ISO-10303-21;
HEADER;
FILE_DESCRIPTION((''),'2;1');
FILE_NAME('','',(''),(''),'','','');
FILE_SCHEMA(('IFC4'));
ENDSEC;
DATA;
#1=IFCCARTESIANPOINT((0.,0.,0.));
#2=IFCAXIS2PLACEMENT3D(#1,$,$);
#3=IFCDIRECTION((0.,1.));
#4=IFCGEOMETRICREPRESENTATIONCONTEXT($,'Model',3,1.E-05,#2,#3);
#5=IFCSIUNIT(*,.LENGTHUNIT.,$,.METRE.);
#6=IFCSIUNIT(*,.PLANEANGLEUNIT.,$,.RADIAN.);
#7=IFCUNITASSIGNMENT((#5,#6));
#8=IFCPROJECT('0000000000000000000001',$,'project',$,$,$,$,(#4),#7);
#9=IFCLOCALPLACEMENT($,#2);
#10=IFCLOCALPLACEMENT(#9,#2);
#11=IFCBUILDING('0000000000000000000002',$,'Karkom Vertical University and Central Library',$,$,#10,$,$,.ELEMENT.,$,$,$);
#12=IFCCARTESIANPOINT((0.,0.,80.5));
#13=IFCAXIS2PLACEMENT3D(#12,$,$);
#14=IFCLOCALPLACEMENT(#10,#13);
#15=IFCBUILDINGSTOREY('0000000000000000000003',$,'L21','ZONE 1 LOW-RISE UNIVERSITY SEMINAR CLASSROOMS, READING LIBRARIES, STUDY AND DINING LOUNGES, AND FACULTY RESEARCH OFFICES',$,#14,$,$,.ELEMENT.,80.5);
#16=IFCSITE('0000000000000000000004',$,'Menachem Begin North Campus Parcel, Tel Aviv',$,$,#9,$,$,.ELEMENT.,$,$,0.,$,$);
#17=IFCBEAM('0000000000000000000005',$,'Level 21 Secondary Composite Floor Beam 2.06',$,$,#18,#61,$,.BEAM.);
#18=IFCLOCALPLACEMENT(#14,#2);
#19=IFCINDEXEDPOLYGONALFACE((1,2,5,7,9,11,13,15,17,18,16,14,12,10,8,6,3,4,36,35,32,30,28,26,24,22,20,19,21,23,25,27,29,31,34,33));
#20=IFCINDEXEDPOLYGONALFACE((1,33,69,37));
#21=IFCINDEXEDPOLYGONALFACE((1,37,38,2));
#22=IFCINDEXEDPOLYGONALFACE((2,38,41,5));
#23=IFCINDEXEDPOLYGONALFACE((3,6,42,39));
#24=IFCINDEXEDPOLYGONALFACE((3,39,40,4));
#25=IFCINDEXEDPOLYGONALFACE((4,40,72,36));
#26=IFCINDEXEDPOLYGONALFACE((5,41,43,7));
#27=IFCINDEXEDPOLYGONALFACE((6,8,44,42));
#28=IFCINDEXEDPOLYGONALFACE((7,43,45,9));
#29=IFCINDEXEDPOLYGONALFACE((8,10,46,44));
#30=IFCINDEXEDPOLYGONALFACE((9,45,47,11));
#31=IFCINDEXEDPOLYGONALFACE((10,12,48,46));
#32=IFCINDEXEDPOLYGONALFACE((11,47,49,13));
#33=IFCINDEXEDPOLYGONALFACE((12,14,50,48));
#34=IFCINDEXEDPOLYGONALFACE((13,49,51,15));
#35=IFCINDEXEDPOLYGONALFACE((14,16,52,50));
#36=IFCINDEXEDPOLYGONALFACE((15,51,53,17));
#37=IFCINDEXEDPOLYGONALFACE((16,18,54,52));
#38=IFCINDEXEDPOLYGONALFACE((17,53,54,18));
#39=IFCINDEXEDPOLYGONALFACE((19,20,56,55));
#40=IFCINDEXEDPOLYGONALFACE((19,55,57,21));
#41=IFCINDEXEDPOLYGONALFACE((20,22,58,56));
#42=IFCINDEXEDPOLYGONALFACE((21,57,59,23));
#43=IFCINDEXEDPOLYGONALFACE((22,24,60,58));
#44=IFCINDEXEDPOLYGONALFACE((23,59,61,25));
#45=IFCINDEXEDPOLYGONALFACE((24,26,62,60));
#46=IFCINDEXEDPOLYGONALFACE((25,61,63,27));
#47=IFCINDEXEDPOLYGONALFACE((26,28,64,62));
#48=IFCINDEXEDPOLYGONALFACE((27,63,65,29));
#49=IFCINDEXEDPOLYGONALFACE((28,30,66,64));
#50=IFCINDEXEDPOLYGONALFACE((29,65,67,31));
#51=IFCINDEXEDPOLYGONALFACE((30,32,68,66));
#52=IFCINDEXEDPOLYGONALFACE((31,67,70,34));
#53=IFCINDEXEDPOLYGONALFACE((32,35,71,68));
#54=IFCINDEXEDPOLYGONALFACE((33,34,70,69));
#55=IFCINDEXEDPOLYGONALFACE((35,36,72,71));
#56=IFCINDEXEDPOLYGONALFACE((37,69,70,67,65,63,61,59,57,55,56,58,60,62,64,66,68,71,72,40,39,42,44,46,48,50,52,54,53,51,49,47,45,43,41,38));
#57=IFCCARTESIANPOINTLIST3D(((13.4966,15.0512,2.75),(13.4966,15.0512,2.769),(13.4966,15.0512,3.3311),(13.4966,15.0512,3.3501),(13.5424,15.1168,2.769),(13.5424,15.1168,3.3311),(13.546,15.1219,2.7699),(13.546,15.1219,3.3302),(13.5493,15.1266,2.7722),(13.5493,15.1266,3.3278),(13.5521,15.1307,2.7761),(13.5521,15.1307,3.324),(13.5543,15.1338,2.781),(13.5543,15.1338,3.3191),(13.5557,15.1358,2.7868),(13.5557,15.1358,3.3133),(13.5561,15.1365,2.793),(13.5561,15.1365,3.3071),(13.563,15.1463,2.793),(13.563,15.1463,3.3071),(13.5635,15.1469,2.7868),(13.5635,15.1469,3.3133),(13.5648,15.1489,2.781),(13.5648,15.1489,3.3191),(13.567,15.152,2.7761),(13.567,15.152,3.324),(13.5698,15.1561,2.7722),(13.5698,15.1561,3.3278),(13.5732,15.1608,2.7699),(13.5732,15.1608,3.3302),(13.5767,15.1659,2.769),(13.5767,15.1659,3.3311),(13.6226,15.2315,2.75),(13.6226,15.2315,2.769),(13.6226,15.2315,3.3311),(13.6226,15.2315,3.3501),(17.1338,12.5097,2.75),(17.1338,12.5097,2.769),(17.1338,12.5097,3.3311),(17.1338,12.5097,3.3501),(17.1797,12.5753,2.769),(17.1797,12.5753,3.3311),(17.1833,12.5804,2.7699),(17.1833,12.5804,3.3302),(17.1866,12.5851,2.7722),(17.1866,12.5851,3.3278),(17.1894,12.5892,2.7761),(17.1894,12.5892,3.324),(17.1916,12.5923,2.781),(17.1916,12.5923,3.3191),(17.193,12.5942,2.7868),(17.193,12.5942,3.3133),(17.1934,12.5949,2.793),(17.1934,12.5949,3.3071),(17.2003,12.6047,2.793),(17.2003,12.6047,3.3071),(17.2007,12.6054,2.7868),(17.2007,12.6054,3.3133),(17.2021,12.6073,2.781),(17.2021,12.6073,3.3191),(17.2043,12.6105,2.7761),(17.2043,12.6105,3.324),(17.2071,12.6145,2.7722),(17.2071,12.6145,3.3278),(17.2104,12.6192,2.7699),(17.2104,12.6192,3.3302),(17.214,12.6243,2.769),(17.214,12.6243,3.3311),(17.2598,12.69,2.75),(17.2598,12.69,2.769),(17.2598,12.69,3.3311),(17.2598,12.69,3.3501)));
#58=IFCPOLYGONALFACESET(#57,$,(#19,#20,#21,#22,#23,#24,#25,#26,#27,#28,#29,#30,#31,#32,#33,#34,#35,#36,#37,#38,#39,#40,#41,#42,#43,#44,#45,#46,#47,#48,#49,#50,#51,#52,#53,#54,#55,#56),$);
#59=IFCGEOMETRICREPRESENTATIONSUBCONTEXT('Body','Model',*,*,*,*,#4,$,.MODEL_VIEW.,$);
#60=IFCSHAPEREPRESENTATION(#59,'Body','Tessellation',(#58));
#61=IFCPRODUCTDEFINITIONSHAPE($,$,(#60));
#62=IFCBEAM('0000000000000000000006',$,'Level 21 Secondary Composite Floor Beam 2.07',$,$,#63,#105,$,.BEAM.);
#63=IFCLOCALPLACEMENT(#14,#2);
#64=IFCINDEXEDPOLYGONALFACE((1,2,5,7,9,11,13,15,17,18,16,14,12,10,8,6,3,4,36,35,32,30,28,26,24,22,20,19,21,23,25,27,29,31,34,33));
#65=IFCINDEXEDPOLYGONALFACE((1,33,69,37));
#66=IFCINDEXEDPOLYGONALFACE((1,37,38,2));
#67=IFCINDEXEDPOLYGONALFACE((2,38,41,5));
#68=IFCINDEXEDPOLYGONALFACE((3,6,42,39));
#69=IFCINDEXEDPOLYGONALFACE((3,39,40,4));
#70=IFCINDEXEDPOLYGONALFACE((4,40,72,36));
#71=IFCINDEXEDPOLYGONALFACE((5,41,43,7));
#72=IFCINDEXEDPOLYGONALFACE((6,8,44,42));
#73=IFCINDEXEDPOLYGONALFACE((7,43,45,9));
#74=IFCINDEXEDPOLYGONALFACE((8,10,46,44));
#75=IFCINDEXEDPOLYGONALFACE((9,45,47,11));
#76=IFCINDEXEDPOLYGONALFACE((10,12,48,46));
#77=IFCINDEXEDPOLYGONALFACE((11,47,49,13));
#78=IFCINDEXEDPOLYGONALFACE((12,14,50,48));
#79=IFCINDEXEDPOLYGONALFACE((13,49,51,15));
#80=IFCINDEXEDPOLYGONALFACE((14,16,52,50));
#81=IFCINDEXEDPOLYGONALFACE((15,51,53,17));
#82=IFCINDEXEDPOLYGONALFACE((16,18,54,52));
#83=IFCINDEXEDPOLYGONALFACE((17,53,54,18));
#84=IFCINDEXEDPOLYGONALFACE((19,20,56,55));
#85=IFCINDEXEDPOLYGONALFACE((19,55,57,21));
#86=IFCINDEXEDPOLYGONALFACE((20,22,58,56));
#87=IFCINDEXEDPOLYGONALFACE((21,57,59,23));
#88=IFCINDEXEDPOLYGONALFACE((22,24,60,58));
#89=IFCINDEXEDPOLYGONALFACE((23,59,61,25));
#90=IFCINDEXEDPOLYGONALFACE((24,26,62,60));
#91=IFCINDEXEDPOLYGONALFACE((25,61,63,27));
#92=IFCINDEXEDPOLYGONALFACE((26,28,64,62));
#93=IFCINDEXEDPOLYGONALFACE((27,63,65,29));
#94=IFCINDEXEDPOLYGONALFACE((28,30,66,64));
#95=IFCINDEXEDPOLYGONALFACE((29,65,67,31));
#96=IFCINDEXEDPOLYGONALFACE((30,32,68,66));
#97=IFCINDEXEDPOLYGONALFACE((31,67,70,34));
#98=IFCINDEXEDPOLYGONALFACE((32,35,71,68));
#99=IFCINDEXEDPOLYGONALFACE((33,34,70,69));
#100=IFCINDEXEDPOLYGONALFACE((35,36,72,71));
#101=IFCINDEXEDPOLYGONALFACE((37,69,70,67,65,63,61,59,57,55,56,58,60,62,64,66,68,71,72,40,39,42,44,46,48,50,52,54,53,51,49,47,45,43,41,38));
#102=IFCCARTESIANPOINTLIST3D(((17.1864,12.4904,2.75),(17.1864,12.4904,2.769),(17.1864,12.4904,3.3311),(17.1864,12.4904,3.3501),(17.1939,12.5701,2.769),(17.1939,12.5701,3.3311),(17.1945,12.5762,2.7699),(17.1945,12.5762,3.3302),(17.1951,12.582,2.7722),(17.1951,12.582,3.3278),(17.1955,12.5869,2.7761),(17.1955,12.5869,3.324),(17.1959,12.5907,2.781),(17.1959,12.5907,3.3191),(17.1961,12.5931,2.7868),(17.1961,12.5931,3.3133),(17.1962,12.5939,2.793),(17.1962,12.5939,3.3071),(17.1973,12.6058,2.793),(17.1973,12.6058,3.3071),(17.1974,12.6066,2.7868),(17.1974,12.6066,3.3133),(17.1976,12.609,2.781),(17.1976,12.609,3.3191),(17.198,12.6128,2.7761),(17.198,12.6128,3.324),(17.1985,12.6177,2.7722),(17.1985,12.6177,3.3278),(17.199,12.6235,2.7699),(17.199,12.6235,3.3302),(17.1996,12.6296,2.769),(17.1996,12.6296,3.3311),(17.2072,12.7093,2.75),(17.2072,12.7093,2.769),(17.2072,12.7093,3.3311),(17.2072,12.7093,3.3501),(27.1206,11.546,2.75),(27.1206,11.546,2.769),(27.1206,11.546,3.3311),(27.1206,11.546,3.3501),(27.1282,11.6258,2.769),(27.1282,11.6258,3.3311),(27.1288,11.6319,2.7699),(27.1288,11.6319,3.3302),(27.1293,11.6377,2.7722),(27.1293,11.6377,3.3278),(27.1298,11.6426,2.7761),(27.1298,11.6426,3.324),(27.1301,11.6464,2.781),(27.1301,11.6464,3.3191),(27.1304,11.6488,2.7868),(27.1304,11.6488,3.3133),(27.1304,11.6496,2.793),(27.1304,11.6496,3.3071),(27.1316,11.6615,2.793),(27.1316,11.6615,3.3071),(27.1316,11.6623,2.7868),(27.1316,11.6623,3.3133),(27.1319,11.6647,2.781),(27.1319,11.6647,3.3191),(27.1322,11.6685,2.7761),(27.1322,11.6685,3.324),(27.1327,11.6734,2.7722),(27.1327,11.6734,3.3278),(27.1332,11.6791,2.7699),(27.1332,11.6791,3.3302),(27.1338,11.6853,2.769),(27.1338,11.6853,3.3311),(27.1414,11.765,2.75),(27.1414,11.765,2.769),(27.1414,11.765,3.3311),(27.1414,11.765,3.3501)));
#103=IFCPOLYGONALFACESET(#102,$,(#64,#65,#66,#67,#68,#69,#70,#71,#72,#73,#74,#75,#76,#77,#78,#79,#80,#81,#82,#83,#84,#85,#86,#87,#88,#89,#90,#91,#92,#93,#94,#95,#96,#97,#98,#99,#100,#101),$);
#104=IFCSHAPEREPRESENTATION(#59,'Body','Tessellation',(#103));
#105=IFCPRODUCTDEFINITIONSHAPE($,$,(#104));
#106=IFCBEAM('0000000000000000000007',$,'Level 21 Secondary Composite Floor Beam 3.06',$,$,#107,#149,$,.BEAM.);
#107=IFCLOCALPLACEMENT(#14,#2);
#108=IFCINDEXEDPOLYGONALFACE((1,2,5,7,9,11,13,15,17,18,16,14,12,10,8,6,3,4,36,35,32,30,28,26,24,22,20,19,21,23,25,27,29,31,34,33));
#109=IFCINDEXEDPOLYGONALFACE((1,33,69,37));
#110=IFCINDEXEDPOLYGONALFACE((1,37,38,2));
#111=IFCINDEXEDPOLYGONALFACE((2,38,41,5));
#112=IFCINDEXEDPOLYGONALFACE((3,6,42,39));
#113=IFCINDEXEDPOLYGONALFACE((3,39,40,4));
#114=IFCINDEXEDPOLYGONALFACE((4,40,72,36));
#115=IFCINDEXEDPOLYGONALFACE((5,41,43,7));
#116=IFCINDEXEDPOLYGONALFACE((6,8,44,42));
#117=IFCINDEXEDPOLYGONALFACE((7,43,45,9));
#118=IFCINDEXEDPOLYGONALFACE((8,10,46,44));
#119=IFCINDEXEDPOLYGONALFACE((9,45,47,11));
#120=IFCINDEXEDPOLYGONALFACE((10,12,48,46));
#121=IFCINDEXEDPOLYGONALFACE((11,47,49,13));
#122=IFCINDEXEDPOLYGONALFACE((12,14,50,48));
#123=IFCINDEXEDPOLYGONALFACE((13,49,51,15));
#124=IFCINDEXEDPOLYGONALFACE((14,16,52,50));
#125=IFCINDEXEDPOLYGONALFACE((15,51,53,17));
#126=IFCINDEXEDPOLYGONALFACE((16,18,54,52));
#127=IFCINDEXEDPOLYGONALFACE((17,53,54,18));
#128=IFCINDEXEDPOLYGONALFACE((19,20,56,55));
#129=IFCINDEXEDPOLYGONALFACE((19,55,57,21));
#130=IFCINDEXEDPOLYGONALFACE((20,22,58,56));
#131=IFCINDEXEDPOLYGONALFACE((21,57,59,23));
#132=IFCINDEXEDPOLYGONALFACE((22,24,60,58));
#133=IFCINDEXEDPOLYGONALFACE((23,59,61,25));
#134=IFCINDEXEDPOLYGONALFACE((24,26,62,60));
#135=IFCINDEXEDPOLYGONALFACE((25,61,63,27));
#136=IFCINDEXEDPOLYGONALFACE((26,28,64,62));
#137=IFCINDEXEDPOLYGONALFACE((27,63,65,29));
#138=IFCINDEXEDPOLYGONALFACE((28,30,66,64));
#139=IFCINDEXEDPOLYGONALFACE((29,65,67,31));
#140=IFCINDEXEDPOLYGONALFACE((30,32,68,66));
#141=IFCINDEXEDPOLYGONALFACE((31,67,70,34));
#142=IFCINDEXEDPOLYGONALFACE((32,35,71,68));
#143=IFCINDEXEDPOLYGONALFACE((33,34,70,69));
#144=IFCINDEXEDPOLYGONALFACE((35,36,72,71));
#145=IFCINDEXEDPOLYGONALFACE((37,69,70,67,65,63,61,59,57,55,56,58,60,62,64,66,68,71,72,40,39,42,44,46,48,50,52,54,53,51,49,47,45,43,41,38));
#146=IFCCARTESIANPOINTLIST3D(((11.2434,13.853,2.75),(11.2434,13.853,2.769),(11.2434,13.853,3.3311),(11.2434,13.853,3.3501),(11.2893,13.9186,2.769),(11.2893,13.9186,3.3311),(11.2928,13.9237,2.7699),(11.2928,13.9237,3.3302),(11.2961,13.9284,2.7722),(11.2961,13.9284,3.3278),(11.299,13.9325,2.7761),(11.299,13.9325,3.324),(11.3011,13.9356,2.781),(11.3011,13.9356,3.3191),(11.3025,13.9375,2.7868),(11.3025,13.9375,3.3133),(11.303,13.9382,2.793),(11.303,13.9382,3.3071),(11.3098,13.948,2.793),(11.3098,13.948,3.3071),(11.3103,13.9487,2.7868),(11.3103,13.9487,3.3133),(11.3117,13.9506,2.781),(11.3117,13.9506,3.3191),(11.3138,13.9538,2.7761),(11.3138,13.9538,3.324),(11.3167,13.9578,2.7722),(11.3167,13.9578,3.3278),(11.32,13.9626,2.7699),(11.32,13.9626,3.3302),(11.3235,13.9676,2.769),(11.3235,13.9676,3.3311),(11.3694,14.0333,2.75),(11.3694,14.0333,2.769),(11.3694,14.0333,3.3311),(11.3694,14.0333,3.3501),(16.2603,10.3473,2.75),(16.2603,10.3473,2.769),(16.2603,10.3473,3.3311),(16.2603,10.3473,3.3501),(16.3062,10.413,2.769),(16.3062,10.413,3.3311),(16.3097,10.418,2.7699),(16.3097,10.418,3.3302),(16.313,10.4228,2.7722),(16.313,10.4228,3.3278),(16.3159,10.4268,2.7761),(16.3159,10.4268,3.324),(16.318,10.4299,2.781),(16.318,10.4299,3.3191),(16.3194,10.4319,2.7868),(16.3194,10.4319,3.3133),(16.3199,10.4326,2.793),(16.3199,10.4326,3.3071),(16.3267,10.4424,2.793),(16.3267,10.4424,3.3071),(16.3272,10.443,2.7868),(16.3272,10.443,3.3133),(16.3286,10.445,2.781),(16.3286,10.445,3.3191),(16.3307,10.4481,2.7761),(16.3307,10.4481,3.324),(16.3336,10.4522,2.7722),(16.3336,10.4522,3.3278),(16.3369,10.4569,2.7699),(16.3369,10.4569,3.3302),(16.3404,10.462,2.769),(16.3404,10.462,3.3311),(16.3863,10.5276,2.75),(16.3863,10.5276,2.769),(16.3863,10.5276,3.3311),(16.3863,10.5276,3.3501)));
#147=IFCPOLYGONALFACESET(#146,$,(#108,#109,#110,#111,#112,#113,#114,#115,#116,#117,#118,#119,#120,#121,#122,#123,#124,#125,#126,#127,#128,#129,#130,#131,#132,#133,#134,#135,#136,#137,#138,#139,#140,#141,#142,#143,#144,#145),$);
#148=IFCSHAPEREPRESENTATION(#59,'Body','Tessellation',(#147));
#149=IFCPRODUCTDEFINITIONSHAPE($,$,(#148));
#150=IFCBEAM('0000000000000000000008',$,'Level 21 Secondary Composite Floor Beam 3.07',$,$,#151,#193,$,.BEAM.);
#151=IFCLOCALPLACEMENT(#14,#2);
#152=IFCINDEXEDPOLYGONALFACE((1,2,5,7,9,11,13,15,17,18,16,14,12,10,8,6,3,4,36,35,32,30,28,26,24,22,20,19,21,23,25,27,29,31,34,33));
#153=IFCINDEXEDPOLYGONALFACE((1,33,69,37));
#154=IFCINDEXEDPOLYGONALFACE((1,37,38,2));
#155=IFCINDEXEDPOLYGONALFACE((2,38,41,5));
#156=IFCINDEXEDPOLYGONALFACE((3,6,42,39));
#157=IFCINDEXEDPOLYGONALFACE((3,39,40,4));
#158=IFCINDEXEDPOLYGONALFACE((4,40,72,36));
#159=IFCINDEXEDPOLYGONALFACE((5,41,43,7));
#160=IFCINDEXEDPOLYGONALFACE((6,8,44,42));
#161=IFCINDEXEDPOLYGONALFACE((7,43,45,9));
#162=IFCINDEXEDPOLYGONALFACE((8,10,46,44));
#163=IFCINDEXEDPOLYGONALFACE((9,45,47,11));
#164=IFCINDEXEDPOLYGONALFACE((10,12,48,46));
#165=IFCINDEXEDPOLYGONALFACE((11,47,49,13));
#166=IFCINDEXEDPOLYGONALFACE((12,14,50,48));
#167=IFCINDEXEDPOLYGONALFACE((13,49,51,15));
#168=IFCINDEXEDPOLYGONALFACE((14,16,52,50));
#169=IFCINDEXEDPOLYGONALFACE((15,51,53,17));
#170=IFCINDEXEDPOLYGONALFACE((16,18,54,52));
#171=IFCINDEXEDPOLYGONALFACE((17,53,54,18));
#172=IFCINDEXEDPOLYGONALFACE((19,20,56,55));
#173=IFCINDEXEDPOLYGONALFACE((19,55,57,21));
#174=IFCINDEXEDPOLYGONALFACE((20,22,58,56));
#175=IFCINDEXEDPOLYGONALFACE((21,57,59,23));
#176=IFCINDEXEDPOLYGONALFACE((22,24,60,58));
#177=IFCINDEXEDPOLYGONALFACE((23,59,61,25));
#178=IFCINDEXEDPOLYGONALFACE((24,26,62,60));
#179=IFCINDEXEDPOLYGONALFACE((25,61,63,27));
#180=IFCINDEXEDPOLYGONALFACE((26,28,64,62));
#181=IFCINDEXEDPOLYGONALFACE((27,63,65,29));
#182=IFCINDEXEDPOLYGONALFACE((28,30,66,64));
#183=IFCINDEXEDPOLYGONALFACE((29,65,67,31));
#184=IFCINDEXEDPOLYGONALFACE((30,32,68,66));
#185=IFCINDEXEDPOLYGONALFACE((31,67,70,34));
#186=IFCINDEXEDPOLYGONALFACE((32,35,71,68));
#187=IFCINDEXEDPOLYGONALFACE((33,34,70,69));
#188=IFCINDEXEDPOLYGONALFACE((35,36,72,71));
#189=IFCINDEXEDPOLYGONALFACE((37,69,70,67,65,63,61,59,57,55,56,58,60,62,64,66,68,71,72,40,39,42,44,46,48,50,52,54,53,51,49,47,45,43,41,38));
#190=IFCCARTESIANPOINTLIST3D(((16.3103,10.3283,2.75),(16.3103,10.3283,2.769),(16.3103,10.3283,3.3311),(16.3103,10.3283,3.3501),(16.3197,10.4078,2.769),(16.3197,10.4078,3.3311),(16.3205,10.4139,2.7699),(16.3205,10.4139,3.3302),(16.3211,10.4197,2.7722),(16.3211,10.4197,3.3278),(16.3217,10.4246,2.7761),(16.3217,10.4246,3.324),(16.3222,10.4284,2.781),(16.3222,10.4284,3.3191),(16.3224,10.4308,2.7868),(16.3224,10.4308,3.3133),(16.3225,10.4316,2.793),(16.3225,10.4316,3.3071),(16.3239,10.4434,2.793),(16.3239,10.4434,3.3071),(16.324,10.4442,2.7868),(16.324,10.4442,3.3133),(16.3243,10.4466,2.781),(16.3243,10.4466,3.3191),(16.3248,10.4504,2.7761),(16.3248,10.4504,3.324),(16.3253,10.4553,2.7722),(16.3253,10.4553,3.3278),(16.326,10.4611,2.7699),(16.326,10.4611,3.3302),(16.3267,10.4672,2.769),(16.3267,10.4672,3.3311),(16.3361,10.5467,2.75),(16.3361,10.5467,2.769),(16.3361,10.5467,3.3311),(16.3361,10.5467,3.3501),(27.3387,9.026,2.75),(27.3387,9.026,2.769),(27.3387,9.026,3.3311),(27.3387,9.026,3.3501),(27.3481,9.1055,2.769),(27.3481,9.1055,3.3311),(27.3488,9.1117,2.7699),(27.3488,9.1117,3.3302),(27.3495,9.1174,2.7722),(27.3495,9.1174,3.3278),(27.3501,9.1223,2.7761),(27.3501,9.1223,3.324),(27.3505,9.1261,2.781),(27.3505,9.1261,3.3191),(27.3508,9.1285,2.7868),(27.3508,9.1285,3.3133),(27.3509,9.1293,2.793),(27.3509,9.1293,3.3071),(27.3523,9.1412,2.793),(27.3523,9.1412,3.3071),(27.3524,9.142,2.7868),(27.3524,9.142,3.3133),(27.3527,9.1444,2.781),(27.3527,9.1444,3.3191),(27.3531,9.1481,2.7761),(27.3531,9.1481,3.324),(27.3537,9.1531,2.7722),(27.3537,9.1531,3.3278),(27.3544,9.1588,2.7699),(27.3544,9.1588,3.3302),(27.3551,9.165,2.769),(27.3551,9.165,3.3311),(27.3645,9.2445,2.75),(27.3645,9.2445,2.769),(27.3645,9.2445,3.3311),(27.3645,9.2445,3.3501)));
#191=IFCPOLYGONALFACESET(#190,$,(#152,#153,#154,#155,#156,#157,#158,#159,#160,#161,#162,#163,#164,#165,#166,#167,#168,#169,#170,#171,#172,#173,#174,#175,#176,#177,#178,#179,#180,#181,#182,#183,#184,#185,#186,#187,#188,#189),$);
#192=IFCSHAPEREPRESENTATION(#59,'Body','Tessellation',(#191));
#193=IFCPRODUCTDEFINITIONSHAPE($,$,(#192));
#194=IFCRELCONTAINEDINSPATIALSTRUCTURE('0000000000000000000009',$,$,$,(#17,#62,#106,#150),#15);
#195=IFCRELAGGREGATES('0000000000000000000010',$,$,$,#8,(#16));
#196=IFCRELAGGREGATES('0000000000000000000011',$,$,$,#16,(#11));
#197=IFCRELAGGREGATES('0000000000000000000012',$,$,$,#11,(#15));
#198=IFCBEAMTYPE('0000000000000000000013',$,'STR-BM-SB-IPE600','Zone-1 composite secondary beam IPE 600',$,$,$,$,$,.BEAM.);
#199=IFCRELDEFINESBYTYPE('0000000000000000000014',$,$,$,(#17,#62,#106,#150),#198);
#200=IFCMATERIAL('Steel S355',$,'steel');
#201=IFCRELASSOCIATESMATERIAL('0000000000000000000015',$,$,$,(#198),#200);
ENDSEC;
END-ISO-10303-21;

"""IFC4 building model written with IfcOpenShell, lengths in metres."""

from ifc_helpers import new_model, si_unit, direction, frame, origin, origin_with_axes, origin_2d, place, context, subcontext, project, spatial, i_section, extrude, source, transform, mapped, material, material_profile, profile_set, type_object, element, save


model = new_model("IFC4")

# Units and contexts
model_context = context("Model", 3, precision=1e-05, world=origin(), true_north=direction((0.0, 1.0)))
body_context = subcontext(model_context, "Body", "Model", "MODEL_VIEW")
ifc_project = project(units=[si_unit("LENGTHUNIT", "METRE"), si_unit("PLANEANGLEUNIT", "RADIAN")], contexts=[model_context])

# Site, building, storey
site_placement = place(None, origin())
site = spatial("IfcSite", under=ifc_project, at=site_placement, Name="Menachem Begin North Campus Parcel, Tel Aviv", CompositionType="ELEMENT", RefElevation=0.0)
building_placement = place(site_placement, origin())
building = spatial("IfcBuilding", under=site, at=building_placement, Name="Karkom Vertical University and Central Library", CompositionType="ELEMENT")
storey_placement = place(building_placement, frame((0.0, 0.0, 80.5)))
storey = spatial("IfcBuildingStorey", under=building, at=storey_placement, Name="L21", Description="ZONE 1 LOW-RISE UNIVERSITY SEMINAR CLASSROOMS, READING LIBRARIES, STUDY AND DINING LOUNGES, AND FACULTY RESEARCH OFFICES", CompositionType="ELEMENT", Elevation=80.5)

# Beams
ifc_material_1 = material(Name="Steel S355", Category="steel")
ifc_material_profile_1 = material_profile(ifc_material_1, i_section(OverallWidth=0.22, OverallDepth=0.6001, WebThickness=0.012, FlangeThickness=0.019, FilletRadius=0.0239, at=origin_2d()), Name="IPE 600")
ifc_profile_set_1 = profile_set([ifc_material_profile_1], Name="Steel S355")
beam_type_1 = type_object("IfcBeamType", Name="STR-BM-SB-IPE600", Description="Zone-1 composite secondary beam IPE 600", PredefinedType="BEAM", material=ifc_profile_set_1)
shared_shape_1 = source(origin_with_axes(), body_context, "Body", "SweptSolid", [
    extrude(i_section(OverallWidth=0.22, OverallDepth=0.6001, WebThickness=0.012, FlangeThickness=0.019, FilletRadius=0.0239, at=origin_2d()), origin(), (0.0, 0.0, 1.0), 4.4373),
])
beam_1_placement = place(storey_placement, frame((13.5596, 15.1414, 3.05), z_axis=(0.819712, -0.572775, 0.0), x_axis=(0.572775, 0.819712, 0.0)))
element("IfcBeam", 1, at=beam_1_placement, inside=storey, type_object=beam_type_1, Name="Level 21 Secondary Composite Floor Beam 2.06", PredefinedType="BEAM", context=body_context, shape_type="MappedRepresentation", body=[
    mapped(shared_shape_1, transform((0.0, 0.0, 0.0), scale=1.0)),
])
shared_shape_2 = source(origin_with_axes(), body_context, "Body", "SweptSolid", [
    extrude(i_section(OverallWidth=0.22, OverallDepth=0.6001, WebThickness=0.012, FlangeThickness=0.019, FilletRadius=0.0239, at=origin_2d()), origin(), (0.0, 0.0, 1.0), 9.979),
])
beam_2_placement = place(storey_placement, frame((17.1968, 12.5999, 3.05), z_axis=(0.995512, -0.094631, 0.0), x_axis=(0.094631, 0.995512, 0.0)))
element("IfcBeam", 2, at=beam_2_placement, inside=storey, type_object=beam_type_1, Name="Level 21 Secondary Composite Floor Beam 2.07", PredefinedType="BEAM", context=body_context, shape_type="MappedRepresentation", body=[
    mapped(shared_shape_2, transform((0.0, 0.0, 0.0), scale=1.0)),
])
shared_shape_3 = source(origin_with_axes(), body_context, "Body", "SweptSolid", [
    extrude(i_section(OverallWidth=0.22, OverallDepth=0.6001, WebThickness=0.012, FlangeThickness=0.019, FilletRadius=0.0239, at=origin_2d()), origin(), (0.0, 0.0, 1.0), 6.1204),
])
beam_3_placement = place(storey_placement, frame((11.3064, 13.9431, 3.05), z_axis=(0.819706, -0.572785, 0.0), x_axis=(0.572785, 0.819706, 0.0)))
element("IfcBeam", 3, at=beam_3_placement, inside=storey, type_object=beam_type_1, Name="Level 21 Secondary Composite Floor Beam 3.06", PredefinedType="BEAM", context=body_context, shape_type="MappedRepresentation", body=[
    mapped(shared_shape_3, transform((0.0, 0.0, 0.0), scale=1.0)),
])
shared_shape_4 = source(origin_with_axes(), body_context, "Body", "SweptSolid", [
    extrude(i_section(OverallWidth=0.22, OverallDepth=0.6001, WebThickness=0.012, FlangeThickness=0.019, FilletRadius=0.0239, at=origin_2d()), origin(), (0.0, 0.0, 1.0), 11.105),
])
beam_4_placement = place(storey_placement, frame((16.3232, 10.4375, 3.05), z_axis=(0.9931, -0.117267, 0.0), x_axis=(0.117267, 0.9931, 0.0)))
element("IfcBeam", 4, at=beam_4_placement, inside=storey, type_object=beam_type_1, Name="Level 21 Secondary Composite Floor Beam 3.07", PredefinedType="BEAM", context=body_context, shape_type="MappedRepresentation", body=[
    mapped(shared_shape_4, transform((0.0, 0.0, 0.0), scale=1.0)),
])

save(model, "model.ifc")
